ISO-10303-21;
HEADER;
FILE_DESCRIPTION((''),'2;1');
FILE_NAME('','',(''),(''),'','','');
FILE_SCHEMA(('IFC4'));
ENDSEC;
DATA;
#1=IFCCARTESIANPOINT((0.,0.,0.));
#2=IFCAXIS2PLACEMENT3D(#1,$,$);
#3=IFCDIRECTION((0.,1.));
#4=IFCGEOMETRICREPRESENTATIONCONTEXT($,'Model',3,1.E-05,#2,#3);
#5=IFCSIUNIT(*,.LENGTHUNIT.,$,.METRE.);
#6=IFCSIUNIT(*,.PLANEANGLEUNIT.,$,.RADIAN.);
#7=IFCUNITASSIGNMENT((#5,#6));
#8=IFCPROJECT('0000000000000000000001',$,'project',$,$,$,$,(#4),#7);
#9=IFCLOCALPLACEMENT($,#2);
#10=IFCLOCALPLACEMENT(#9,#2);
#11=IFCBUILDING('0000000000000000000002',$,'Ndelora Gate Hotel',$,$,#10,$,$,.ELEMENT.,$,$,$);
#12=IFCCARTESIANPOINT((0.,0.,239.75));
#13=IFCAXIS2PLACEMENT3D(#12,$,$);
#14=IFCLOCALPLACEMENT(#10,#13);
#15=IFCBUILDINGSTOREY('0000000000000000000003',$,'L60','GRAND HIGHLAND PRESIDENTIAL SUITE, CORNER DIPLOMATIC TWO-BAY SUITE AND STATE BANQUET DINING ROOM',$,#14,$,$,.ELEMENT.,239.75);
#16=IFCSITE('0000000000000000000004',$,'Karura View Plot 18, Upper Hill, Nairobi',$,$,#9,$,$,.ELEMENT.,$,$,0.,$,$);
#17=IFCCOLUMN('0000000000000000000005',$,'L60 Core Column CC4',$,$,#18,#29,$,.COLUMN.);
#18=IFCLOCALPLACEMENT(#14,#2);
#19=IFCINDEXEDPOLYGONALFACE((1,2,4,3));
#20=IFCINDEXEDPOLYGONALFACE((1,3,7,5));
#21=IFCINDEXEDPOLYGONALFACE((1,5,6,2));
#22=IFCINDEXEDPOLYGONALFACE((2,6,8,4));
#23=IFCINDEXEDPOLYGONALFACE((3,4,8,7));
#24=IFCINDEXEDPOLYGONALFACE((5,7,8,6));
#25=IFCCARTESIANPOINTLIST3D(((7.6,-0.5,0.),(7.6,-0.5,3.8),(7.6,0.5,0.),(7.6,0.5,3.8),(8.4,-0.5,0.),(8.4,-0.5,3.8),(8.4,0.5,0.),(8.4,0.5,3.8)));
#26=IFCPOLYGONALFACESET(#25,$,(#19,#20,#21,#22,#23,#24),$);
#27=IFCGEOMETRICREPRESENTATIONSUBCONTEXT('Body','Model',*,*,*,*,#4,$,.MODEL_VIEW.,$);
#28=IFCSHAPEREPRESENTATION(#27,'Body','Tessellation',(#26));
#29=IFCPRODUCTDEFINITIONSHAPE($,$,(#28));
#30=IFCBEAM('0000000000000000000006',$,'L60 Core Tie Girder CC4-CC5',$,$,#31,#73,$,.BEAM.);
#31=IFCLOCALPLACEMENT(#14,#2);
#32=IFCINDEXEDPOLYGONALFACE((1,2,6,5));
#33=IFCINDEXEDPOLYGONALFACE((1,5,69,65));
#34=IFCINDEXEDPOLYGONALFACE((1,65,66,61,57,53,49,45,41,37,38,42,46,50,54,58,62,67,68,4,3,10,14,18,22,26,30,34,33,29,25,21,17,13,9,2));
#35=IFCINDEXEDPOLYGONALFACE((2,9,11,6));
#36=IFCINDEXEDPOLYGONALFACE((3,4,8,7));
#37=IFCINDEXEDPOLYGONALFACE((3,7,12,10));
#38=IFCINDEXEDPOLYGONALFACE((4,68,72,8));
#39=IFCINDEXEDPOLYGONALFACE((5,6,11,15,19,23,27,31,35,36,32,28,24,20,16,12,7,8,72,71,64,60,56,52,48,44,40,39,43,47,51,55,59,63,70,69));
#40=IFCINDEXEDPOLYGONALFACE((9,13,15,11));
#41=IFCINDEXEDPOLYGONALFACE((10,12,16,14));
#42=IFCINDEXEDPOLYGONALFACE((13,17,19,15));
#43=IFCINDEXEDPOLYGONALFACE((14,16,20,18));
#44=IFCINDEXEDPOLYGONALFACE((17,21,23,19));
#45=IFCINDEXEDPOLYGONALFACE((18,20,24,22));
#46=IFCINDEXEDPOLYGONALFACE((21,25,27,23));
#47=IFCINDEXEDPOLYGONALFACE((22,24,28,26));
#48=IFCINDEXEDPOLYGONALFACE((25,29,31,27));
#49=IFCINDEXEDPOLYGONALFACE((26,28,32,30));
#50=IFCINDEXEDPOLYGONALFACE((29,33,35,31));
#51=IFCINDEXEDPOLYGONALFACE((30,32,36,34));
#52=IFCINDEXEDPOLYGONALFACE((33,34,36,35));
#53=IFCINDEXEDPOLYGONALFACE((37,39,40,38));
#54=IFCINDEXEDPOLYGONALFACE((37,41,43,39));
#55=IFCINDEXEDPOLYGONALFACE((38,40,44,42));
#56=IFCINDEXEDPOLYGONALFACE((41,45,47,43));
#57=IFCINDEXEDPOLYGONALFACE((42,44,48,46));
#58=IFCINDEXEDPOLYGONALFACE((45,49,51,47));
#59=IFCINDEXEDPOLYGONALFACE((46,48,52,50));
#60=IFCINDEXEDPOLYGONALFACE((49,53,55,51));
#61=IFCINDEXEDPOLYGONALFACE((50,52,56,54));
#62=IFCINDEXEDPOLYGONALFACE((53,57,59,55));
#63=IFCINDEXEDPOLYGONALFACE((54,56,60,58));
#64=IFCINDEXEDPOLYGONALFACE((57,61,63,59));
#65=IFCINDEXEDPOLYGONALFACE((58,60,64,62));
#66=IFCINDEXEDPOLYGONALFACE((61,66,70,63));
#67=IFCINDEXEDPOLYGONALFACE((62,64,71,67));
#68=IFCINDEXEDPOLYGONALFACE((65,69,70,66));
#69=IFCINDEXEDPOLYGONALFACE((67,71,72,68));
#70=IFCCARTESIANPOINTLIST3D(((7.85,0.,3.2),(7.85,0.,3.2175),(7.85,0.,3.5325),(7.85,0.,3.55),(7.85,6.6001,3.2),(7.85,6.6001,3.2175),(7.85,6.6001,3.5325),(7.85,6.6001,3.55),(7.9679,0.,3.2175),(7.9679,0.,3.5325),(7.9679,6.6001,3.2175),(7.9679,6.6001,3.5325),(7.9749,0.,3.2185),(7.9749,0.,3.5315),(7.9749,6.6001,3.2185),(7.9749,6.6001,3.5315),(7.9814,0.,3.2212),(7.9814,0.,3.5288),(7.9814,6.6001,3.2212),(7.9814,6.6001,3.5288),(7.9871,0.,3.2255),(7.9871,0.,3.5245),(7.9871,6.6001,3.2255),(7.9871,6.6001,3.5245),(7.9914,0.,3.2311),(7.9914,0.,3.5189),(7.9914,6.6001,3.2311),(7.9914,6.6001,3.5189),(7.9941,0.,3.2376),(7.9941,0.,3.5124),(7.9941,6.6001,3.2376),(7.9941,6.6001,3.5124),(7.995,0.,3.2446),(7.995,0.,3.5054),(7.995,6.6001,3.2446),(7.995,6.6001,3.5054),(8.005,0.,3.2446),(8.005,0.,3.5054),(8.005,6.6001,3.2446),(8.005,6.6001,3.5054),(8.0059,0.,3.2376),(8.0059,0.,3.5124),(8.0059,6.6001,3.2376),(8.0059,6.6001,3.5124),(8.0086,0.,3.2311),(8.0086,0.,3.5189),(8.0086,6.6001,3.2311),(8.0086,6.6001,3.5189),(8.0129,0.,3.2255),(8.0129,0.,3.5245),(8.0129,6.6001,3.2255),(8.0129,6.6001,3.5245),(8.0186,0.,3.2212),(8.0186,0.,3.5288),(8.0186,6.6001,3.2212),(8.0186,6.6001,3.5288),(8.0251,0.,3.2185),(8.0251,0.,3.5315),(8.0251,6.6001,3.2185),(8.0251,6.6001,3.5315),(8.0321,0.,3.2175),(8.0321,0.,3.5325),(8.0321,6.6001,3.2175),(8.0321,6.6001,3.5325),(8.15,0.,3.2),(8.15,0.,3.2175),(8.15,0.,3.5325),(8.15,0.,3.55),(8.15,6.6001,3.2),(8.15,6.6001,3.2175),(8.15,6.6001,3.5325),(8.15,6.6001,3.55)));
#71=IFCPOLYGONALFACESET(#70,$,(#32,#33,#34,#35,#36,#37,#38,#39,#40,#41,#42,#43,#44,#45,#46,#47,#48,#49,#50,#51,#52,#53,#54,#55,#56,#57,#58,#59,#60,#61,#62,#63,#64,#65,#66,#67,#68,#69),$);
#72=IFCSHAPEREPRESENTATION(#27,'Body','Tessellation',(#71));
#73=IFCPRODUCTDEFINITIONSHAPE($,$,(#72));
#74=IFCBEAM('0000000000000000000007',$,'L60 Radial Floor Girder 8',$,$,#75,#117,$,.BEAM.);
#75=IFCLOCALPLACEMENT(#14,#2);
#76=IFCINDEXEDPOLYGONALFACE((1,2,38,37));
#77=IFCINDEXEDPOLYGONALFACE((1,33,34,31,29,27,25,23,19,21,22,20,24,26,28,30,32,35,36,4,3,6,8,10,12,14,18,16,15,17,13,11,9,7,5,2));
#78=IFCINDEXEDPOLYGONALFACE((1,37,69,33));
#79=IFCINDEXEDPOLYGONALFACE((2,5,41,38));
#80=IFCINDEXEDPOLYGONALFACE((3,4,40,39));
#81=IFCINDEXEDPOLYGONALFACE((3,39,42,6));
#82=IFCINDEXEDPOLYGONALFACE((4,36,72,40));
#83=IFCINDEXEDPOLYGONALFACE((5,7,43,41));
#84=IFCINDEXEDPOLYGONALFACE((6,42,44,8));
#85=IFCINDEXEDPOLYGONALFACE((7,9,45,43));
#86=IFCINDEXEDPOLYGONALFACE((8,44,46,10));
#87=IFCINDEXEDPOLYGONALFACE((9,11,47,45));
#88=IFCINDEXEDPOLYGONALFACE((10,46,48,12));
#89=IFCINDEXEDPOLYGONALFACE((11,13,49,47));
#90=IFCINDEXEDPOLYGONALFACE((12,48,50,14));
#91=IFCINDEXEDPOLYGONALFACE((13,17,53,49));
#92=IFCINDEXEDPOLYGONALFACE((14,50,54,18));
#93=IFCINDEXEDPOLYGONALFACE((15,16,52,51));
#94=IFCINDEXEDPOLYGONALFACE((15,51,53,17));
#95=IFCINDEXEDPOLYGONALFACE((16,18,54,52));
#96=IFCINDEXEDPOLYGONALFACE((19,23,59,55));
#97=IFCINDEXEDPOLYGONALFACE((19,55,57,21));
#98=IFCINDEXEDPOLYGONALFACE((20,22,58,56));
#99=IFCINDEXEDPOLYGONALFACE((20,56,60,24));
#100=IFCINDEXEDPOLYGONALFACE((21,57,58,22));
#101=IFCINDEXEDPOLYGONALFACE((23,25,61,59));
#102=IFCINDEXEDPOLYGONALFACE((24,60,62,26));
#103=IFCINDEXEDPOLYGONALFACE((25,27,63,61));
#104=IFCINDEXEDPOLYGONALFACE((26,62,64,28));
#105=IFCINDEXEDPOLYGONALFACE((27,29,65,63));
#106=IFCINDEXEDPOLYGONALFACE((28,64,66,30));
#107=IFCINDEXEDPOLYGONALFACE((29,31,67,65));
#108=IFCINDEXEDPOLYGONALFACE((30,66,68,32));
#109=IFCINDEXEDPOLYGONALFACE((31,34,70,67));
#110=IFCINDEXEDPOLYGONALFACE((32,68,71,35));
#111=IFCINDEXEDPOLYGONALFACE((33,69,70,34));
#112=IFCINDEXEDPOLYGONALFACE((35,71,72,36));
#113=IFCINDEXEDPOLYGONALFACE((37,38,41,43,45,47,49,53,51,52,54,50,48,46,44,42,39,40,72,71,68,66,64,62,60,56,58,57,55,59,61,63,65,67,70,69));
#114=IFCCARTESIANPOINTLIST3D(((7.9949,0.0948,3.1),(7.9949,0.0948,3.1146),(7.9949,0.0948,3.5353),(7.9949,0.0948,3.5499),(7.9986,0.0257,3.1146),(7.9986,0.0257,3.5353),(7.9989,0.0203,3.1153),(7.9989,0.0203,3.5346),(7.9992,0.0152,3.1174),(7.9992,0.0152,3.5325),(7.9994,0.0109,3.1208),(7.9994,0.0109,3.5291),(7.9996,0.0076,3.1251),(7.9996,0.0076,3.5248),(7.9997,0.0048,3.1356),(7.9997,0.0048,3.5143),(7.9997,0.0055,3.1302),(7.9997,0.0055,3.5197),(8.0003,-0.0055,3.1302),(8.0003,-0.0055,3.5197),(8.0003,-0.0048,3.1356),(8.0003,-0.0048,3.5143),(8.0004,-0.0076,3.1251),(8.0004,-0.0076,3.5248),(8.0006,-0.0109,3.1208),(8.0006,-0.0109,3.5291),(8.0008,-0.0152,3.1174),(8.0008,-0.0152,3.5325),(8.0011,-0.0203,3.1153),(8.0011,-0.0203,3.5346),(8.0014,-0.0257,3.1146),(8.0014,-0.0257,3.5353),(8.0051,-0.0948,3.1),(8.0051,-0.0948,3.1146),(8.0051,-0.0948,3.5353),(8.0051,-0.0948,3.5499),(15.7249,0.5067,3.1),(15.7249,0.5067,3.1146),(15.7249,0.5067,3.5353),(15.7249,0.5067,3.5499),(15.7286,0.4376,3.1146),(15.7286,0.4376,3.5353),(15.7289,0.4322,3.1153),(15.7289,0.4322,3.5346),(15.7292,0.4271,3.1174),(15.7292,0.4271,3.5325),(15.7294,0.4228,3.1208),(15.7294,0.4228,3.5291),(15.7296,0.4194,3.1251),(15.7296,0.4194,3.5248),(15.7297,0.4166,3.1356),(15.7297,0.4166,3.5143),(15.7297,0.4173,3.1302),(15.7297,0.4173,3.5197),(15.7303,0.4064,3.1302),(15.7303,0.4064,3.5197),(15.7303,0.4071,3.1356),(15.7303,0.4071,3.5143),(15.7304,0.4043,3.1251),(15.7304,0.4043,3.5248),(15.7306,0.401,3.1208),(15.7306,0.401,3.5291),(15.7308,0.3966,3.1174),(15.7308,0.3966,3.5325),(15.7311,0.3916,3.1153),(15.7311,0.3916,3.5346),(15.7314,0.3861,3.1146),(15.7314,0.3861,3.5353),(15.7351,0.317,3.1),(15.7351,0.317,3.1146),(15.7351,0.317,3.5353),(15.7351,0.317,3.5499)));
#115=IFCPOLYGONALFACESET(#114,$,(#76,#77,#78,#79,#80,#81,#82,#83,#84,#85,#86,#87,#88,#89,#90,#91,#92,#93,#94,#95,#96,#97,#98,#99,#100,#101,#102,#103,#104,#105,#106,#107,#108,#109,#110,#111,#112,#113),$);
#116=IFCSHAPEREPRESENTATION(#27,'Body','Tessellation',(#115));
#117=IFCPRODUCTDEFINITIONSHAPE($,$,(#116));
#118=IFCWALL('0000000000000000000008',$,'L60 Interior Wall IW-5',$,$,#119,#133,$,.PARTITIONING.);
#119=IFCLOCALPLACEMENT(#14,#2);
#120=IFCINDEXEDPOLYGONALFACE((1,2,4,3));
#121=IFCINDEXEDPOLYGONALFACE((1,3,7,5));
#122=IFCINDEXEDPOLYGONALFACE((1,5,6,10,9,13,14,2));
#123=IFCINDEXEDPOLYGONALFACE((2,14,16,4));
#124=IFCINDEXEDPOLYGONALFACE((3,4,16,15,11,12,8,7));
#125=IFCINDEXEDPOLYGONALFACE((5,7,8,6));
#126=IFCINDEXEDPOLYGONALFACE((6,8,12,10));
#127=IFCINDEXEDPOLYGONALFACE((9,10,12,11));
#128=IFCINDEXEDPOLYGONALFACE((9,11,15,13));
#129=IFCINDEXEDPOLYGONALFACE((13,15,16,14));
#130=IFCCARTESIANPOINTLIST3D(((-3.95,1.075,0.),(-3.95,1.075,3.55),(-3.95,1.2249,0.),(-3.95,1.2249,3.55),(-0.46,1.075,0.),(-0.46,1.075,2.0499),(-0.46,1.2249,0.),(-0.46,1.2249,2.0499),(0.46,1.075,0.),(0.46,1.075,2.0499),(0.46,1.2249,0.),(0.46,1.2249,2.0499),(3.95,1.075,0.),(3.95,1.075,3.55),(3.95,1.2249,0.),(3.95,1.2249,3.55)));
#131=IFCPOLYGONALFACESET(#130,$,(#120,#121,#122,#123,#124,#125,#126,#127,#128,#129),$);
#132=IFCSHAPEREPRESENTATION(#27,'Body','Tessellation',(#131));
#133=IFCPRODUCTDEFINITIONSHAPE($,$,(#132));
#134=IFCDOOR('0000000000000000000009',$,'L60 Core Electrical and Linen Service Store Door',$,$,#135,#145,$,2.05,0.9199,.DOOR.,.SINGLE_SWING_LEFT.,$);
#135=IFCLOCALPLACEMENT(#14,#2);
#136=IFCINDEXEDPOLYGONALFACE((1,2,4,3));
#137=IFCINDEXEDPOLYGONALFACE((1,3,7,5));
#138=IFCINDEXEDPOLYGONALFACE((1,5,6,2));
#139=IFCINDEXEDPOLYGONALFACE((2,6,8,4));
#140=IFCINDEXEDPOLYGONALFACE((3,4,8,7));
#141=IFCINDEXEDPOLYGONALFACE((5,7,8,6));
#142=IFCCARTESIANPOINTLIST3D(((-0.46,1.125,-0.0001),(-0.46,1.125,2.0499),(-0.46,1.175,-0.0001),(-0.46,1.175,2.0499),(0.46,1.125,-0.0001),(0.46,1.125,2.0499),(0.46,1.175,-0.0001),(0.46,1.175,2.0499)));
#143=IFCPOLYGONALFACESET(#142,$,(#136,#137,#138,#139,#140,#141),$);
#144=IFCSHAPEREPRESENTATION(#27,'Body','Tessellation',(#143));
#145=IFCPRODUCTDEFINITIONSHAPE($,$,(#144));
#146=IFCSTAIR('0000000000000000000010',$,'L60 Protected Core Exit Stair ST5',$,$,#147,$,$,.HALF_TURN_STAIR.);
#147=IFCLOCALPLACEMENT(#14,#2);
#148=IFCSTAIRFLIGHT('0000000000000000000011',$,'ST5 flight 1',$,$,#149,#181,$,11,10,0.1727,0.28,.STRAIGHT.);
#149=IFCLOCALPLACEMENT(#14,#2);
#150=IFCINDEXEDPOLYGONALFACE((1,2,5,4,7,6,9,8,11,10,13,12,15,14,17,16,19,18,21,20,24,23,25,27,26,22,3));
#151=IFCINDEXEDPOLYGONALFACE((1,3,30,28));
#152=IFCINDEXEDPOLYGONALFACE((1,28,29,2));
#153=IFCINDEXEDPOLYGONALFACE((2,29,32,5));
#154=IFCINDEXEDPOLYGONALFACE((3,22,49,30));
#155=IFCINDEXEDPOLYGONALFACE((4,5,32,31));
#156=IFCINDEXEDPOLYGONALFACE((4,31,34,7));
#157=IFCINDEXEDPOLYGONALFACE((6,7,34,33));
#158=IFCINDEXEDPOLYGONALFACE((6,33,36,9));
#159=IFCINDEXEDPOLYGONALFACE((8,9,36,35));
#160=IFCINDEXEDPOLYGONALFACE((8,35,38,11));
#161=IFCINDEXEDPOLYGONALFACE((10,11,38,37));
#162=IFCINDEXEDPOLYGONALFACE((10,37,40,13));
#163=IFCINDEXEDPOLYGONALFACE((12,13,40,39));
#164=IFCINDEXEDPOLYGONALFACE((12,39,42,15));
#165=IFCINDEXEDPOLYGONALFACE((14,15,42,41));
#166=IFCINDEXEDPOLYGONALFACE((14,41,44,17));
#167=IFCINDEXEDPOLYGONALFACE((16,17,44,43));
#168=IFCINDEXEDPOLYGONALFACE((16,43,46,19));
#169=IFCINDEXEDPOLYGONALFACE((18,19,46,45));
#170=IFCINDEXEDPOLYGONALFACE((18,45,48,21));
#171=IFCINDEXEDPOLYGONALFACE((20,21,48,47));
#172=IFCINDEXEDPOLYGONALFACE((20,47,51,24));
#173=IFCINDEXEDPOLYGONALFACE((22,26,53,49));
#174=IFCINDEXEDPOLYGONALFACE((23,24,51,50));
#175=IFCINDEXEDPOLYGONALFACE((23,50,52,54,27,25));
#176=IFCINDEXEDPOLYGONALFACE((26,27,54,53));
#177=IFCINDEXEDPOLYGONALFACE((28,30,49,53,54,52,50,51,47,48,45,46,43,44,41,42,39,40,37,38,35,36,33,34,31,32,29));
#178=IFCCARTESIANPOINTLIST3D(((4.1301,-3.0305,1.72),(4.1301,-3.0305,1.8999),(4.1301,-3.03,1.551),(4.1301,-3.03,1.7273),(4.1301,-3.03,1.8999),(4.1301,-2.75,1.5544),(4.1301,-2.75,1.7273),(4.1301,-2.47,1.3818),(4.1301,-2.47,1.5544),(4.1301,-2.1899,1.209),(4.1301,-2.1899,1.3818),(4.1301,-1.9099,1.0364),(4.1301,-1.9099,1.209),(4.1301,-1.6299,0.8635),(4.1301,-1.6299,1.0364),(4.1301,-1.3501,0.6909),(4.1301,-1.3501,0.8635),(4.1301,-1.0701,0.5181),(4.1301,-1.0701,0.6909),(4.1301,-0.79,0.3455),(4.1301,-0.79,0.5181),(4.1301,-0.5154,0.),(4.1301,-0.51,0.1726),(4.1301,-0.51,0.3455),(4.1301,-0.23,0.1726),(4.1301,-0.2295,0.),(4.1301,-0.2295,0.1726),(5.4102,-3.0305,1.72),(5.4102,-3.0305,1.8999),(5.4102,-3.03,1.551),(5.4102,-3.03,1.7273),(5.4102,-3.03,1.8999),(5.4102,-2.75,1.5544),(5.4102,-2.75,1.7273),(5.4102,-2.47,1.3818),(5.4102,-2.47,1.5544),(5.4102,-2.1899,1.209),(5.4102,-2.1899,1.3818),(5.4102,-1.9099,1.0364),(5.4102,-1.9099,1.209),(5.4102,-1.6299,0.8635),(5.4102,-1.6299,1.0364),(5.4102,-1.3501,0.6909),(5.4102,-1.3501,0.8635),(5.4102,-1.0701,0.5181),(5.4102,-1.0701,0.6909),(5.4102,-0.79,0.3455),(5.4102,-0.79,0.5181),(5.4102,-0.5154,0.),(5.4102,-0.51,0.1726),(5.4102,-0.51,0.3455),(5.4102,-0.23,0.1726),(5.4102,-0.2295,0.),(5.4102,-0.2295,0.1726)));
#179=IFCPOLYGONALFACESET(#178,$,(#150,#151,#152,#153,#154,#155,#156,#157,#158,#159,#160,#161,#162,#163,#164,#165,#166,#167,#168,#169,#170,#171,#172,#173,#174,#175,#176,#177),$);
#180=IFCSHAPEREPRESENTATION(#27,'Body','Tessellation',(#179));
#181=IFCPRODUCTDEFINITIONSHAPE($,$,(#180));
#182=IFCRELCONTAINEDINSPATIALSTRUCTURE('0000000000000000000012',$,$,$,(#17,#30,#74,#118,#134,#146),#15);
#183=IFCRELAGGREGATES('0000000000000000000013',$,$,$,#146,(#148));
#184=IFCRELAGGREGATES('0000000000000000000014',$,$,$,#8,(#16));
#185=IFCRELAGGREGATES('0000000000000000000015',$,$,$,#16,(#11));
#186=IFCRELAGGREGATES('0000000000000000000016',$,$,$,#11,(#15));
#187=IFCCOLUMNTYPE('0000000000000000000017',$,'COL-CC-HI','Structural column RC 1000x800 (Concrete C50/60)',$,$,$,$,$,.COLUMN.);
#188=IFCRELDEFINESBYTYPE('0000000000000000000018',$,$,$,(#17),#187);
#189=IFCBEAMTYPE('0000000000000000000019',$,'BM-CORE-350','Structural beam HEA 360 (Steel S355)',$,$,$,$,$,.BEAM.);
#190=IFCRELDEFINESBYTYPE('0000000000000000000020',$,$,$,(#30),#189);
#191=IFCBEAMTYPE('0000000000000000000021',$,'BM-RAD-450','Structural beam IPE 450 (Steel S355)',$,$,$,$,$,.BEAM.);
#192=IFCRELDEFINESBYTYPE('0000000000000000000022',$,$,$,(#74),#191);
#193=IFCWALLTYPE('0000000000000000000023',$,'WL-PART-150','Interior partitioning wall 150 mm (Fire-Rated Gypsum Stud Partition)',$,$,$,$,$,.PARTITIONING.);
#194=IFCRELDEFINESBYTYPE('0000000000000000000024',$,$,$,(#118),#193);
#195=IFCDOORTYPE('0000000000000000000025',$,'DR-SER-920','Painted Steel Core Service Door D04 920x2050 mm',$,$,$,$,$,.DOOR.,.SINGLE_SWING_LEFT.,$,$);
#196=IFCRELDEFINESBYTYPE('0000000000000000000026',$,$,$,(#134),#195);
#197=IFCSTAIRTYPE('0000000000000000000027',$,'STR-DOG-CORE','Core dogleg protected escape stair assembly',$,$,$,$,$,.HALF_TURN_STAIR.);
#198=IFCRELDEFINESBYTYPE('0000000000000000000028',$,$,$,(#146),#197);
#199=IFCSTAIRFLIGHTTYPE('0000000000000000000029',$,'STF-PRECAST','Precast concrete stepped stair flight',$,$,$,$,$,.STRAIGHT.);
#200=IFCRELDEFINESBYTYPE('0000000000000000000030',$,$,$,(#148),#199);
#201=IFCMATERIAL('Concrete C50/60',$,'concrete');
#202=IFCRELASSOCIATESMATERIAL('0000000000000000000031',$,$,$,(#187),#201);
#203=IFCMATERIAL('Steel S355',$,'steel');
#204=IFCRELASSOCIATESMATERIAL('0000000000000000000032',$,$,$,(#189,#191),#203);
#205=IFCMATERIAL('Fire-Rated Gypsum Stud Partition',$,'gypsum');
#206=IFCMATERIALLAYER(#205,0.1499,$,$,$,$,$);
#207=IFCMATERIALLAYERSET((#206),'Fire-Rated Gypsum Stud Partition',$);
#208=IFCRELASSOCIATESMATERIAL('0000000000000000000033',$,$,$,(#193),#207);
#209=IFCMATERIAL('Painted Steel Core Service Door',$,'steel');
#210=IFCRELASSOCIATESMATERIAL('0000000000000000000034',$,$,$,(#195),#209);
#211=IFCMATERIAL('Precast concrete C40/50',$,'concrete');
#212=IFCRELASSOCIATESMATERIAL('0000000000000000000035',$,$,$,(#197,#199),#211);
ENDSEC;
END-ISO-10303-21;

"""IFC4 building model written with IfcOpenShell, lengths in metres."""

from ifc_helpers import new_model, si_unit, direction, frame, frame_2d, origin, origin_2d, place, context, subcontext, project, spatial, polyline, rectangle, i_section, outline, extrude, material, layer, layer_set, material_profile, profile_set, type_object, element, fill, aggregate, save


model = new_model("IFC4")

# Units and contexts
model_context = context("Model", 3, precision=1e-05, world=origin(), true_north=direction((0.0, 1.0)))
body_context = subcontext(model_context, "Body", "Model", "MODEL_VIEW")
ifc_project = project(units=[si_unit("LENGTHUNIT", "METRE"), si_unit("PLANEANGLEUNIT", "RADIAN")], contexts=[model_context])

# Site, building, storey
site_placement = place(None, origin())
site = spatial("IfcSite", under=ifc_project, at=site_placement, Name="Karura View Plot 18, Upper Hill, Nairobi", CompositionType="ELEMENT", RefElevation=0.0)
building_placement = place(site_placement, origin())
building = spatial("IfcBuilding", under=site, at=building_placement, Name="Ndelora Gate Hotel", CompositionType="ELEMENT")
storey_placement = place(building_placement, frame((0.0, 0.0, 239.75)))
storey = spatial("IfcBuildingStorey", under=building, at=storey_placement, Name="L60", Description="GRAND HIGHLAND PRESIDENTIAL SUITE, CORNER DIPLOMATIC TWO-BAY SUITE AND STATE BANQUET DINING ROOM", CompositionType="ELEMENT", Elevation=239.75)

# Column
ifc_material_1 = material(Name="Concrete C50/60", Category="concrete")
ifc_material_profile_1 = material_profile(ifc_material_1, rectangle(XDim=0.8, YDim=1.0, at=origin_2d()), Name="RC 1000x800")
ifc_profile_set_1 = profile_set([ifc_material_profile_1], Name="Concrete C50/60")
column_type = type_object("IfcColumnType", Name="COL-CC-HI", Description="Structural column RC 1000x800 (Concrete C50/60)", PredefinedType="COLUMN", material=ifc_profile_set_1)
column_placement = place(storey_placement, frame((8.0, 0.0, 0.0), z_axis=(0.0, 0.0, 1.0), x_axis=(1.0, 0.0, 0.0)))
element("IfcColumn", 1, at=column_placement, inside=storey, type_object=column_type, Name="L60 Core Column CC4", PredefinedType="COLUMN", context=body_context, shape_type="SweptSolid", body=[
    extrude(rectangle(XDim=0.8, YDim=1.0, at=origin_2d()), origin(), (0.0, 0.0, 1.0), 3.8),
])

# Beams
ifc_material_2 = material(Name="Steel S355", Category="steel")
ifc_material_profile_2 = material_profile(ifc_material_2, i_section(OverallWidth=0.3, OverallDepth=0.3501, WebThickness=0.01, FlangeThickness=0.0176, FilletRadius=0.0271, at=origin_2d()), Name="HEA 360")
ifc_profile_set_2 = profile_set([ifc_material_profile_2], Name="Steel S355")
beam_type_1 = type_object("IfcBeamType", Name="BM-CORE-350", Description="Structural beam HEA 360 (Steel S355)", PredefinedType="BEAM", material=ifc_profile_set_2)
beam_1_placement = place(storey_placement, frame((8.0, 0.0, 3.375), z_axis=(0.0, 1.0, 0.0), x_axis=(-1.0, 0.0, 0.0)))
element("IfcBeam", 2, at=beam_1_placement, inside=storey, type_object=beam_type_1, Name="L60 Core Tie Girder CC4-CC5", PredefinedType="BEAM", context=body_context, shape_type="SweptSolid", body=[
    extrude(i_section(OverallWidth=0.3, OverallDepth=0.3501, WebThickness=0.01, FlangeThickness=0.0176, FilletRadius=0.0271, at=origin_2d()), origin(), (0.0, 0.0, 1.0), 6.6001),
])
ifc_material_profile_3 = material_profile(ifc_material_2, i_section(OverallWidth=0.1899, OverallDepth=0.45, WebThickness=0.0095, FlangeThickness=0.0146, FilletRadius=0.021, at=origin_2d()), Name="IPE 450")
ifc_profile_set_3 = profile_set([ifc_material_profile_3], Name="Steel S355")
beam_type_2 = type_object("IfcBeamType", Name="BM-RAD-450", Description="Structural beam IPE 450 (Steel S355)", PredefinedType="BEAM", material=ifc_profile_set_3)
beam_2_placement = place(storey_placement, frame((8.0, 0.0, 3.325), z_axis=(0.998584, 0.053206, 0.0), x_axis=(-0.053206, 0.998584, 0.0)))
element("IfcBeam", 3, at=beam_2_placement, inside=storey, type_object=beam_type_2, Name="L60 Radial Floor Girder 8", PredefinedType="BEAM", context=body_context, shape_type="SweptSolid", body=[
    extrude(i_section(OverallWidth=0.1899, OverallDepth=0.45, WebThickness=0.0095, FlangeThickness=0.0146, FilletRadius=0.021, at=origin_2d()), origin(), (0.0, 0.0, 1.0), 7.741),
])

# Wall, opening, door
ifc_material_3 = material(Name="Fire-Rated Gypsum Stud Partition", Category="gypsum")
ifc_layer_1 = layer(ifc_material_3, 0.1499)
ifc_layer_set_1 = layer_set([ifc_layer_1], Name="Fire-Rated Gypsum Stud Partition")
wall_type_1 = type_object("IfcWallType", Name="WL-PART-150", Description="Interior partitioning wall 150 mm (Fire-Rated Gypsum Stud Partition)", PredefinedType="PARTITIONING", material=ifc_layer_set_1)
wall_1_placement = place(storey_placement, frame((3.95, 1.1499, 0.0), z_axis=(0.0, 0.0, 1.0), x_axis=(-1.0, 0.0, 0.0)))
wall_1 = element("IfcWall", 4, at=wall_1_placement, inside=storey, type_object=wall_type_1, Name="L60 Interior Wall IW-5", PredefinedType="PARTITIONING", context=body_context, shape_type="SweptSolid", body=[
    extrude(rectangle(XDim=7.8999, YDim=0.1499, at=frame_2d((3.95, 0.0))), origin(), (0.0, 0.0, 1.0), 3.55),
])
opening_1_placement = place(wall_1_placement, frame((3.49, 0.0, 0.0)))
opening_1 = element("IfcOpeningElement", 5, at=opening_1_placement, cuts=wall_1, PredefinedType="OPENING", context=body_context, shape_type="SweptSolid", body=[
    extrude(rectangle(XDim=0.9199, YDim=2.05, at=frame_2d((0.46, 1.0249))), frame((0.0, 0.085, 0.0), z_axis=(0.0, -1.0, 0.0), x_axis=(1.0, 0.0, 0.0)), (0.0, 0.0, 1.0), 0.1699),
])
ifc_material_4 = material(Name="Painted Steel Core Service Door", Category="steel")
door_type_1 = type_object("IfcDoorType", Name="DR-SER-920", Description="Painted Steel Core Service Door D04 920x2050 mm", OperationType="SINGLE_SWING_LEFT", PredefinedType="DOOR", material=ifc_material_4)
door_1_placement = place(opening_1_placement, origin())
door_1 = element("IfcDoor", 6, at=door_1_placement, inside=storey, type_object=door_type_1, Name="L60 Core Electrical and Linen Service Store Door", OperationType="SINGLE_SWING_LEFT", OverallHeight=2.05, OverallWidth=0.9199, PredefinedType="DOOR", context=body_context, shape_type="SweptSolid", body=[
    extrude(rectangle(XDim=0.9199, YDim=2.05, at=frame_2d((0.46, 1.0249))), frame((0.0, 0.0249, 0.0), z_axis=(0.0, -1.0, 0.0), x_axis=(1.0, 0.0, 0.0)), (0.0, 0.0, 1.0), 0.05),
])
fill(opening_1, door_1)

# Stair, stair flight
ifc_material_5 = material(Name="Precast concrete C40/50", Category="concrete")
stair_type = type_object("IfcStairType", Name="STR-DOG-CORE", Description="Core dogleg protected escape stair assembly", PredefinedType="HALF_TURN_STAIR", material=ifc_material_5)
stair_placement = place(storey_placement, origin())
stair = element("IfcStair", 7, at=stair_placement, inside=storey, type_object=stair_type, Name="L60 Protected Core Exit Stair ST5", PredefinedType="HALF_TURN_STAIR")
stair_flight_type = type_object("IfcStairFlightType", Name="STF-PRECAST", Description="Precast concrete stepped stair flight", PredefinedType="STRAIGHT", material=ifc_material_5)
stair_flight_placement = place(storey_placement, frame((4.77, -0.23, 0.0), z_axis=(0.0, 0.0, 1.0), x_axis=(0.0, -1.0, 0.0)))
stair_flight = element("IfcStairFlight", 8, at=stair_flight_placement, type_object=stair_flight_type, Name="ST5 flight 1", NumberOfRisers=11, NumberOfTreads=10, PredefinedType="STRAIGHT", RiserHeight=0.1727, TreadLength=0.28, context=body_context, shape_type="SweptSolid", body=[
    extrude(outline(polyline([(-0.0005, 0.0), (-0.0005, 0.1726), (0.0, 0.1726), (0.28, 0.1726), (0.28, 0.3455), (0.5601, 0.3455), (0.5601, 0.5181), (0.8401, 0.5181), (0.8401, 0.6909), (1.1201, 0.6909), (1.1201, 0.8635), (1.3999, 0.8635), (1.3999, 1.0364), (1.6799, 1.0364), (1.6799, 1.209), (1.96, 1.209), (1.96, 1.3818), (2.24, 1.3818), (2.24, 1.5544), (2.52, 1.5544), (2.52, 1.7273), (2.8, 1.7273), (2.8, 1.8999), (2.8005, 1.8999), (2.8005, 1.72), (2.8, 1.551), (0.2854, 0.0), (-0.0005, 0.0)])), frame((0.0, 0.6401, 0.0), z_axis=(0.0, -1.0, 0.0), x_axis=(1.0, 0.0, 0.0)), (0.0, 0.0, 1.0), 1.28),
])
aggregate(stair, [stair_flight])

save(model, "model.ifc")
